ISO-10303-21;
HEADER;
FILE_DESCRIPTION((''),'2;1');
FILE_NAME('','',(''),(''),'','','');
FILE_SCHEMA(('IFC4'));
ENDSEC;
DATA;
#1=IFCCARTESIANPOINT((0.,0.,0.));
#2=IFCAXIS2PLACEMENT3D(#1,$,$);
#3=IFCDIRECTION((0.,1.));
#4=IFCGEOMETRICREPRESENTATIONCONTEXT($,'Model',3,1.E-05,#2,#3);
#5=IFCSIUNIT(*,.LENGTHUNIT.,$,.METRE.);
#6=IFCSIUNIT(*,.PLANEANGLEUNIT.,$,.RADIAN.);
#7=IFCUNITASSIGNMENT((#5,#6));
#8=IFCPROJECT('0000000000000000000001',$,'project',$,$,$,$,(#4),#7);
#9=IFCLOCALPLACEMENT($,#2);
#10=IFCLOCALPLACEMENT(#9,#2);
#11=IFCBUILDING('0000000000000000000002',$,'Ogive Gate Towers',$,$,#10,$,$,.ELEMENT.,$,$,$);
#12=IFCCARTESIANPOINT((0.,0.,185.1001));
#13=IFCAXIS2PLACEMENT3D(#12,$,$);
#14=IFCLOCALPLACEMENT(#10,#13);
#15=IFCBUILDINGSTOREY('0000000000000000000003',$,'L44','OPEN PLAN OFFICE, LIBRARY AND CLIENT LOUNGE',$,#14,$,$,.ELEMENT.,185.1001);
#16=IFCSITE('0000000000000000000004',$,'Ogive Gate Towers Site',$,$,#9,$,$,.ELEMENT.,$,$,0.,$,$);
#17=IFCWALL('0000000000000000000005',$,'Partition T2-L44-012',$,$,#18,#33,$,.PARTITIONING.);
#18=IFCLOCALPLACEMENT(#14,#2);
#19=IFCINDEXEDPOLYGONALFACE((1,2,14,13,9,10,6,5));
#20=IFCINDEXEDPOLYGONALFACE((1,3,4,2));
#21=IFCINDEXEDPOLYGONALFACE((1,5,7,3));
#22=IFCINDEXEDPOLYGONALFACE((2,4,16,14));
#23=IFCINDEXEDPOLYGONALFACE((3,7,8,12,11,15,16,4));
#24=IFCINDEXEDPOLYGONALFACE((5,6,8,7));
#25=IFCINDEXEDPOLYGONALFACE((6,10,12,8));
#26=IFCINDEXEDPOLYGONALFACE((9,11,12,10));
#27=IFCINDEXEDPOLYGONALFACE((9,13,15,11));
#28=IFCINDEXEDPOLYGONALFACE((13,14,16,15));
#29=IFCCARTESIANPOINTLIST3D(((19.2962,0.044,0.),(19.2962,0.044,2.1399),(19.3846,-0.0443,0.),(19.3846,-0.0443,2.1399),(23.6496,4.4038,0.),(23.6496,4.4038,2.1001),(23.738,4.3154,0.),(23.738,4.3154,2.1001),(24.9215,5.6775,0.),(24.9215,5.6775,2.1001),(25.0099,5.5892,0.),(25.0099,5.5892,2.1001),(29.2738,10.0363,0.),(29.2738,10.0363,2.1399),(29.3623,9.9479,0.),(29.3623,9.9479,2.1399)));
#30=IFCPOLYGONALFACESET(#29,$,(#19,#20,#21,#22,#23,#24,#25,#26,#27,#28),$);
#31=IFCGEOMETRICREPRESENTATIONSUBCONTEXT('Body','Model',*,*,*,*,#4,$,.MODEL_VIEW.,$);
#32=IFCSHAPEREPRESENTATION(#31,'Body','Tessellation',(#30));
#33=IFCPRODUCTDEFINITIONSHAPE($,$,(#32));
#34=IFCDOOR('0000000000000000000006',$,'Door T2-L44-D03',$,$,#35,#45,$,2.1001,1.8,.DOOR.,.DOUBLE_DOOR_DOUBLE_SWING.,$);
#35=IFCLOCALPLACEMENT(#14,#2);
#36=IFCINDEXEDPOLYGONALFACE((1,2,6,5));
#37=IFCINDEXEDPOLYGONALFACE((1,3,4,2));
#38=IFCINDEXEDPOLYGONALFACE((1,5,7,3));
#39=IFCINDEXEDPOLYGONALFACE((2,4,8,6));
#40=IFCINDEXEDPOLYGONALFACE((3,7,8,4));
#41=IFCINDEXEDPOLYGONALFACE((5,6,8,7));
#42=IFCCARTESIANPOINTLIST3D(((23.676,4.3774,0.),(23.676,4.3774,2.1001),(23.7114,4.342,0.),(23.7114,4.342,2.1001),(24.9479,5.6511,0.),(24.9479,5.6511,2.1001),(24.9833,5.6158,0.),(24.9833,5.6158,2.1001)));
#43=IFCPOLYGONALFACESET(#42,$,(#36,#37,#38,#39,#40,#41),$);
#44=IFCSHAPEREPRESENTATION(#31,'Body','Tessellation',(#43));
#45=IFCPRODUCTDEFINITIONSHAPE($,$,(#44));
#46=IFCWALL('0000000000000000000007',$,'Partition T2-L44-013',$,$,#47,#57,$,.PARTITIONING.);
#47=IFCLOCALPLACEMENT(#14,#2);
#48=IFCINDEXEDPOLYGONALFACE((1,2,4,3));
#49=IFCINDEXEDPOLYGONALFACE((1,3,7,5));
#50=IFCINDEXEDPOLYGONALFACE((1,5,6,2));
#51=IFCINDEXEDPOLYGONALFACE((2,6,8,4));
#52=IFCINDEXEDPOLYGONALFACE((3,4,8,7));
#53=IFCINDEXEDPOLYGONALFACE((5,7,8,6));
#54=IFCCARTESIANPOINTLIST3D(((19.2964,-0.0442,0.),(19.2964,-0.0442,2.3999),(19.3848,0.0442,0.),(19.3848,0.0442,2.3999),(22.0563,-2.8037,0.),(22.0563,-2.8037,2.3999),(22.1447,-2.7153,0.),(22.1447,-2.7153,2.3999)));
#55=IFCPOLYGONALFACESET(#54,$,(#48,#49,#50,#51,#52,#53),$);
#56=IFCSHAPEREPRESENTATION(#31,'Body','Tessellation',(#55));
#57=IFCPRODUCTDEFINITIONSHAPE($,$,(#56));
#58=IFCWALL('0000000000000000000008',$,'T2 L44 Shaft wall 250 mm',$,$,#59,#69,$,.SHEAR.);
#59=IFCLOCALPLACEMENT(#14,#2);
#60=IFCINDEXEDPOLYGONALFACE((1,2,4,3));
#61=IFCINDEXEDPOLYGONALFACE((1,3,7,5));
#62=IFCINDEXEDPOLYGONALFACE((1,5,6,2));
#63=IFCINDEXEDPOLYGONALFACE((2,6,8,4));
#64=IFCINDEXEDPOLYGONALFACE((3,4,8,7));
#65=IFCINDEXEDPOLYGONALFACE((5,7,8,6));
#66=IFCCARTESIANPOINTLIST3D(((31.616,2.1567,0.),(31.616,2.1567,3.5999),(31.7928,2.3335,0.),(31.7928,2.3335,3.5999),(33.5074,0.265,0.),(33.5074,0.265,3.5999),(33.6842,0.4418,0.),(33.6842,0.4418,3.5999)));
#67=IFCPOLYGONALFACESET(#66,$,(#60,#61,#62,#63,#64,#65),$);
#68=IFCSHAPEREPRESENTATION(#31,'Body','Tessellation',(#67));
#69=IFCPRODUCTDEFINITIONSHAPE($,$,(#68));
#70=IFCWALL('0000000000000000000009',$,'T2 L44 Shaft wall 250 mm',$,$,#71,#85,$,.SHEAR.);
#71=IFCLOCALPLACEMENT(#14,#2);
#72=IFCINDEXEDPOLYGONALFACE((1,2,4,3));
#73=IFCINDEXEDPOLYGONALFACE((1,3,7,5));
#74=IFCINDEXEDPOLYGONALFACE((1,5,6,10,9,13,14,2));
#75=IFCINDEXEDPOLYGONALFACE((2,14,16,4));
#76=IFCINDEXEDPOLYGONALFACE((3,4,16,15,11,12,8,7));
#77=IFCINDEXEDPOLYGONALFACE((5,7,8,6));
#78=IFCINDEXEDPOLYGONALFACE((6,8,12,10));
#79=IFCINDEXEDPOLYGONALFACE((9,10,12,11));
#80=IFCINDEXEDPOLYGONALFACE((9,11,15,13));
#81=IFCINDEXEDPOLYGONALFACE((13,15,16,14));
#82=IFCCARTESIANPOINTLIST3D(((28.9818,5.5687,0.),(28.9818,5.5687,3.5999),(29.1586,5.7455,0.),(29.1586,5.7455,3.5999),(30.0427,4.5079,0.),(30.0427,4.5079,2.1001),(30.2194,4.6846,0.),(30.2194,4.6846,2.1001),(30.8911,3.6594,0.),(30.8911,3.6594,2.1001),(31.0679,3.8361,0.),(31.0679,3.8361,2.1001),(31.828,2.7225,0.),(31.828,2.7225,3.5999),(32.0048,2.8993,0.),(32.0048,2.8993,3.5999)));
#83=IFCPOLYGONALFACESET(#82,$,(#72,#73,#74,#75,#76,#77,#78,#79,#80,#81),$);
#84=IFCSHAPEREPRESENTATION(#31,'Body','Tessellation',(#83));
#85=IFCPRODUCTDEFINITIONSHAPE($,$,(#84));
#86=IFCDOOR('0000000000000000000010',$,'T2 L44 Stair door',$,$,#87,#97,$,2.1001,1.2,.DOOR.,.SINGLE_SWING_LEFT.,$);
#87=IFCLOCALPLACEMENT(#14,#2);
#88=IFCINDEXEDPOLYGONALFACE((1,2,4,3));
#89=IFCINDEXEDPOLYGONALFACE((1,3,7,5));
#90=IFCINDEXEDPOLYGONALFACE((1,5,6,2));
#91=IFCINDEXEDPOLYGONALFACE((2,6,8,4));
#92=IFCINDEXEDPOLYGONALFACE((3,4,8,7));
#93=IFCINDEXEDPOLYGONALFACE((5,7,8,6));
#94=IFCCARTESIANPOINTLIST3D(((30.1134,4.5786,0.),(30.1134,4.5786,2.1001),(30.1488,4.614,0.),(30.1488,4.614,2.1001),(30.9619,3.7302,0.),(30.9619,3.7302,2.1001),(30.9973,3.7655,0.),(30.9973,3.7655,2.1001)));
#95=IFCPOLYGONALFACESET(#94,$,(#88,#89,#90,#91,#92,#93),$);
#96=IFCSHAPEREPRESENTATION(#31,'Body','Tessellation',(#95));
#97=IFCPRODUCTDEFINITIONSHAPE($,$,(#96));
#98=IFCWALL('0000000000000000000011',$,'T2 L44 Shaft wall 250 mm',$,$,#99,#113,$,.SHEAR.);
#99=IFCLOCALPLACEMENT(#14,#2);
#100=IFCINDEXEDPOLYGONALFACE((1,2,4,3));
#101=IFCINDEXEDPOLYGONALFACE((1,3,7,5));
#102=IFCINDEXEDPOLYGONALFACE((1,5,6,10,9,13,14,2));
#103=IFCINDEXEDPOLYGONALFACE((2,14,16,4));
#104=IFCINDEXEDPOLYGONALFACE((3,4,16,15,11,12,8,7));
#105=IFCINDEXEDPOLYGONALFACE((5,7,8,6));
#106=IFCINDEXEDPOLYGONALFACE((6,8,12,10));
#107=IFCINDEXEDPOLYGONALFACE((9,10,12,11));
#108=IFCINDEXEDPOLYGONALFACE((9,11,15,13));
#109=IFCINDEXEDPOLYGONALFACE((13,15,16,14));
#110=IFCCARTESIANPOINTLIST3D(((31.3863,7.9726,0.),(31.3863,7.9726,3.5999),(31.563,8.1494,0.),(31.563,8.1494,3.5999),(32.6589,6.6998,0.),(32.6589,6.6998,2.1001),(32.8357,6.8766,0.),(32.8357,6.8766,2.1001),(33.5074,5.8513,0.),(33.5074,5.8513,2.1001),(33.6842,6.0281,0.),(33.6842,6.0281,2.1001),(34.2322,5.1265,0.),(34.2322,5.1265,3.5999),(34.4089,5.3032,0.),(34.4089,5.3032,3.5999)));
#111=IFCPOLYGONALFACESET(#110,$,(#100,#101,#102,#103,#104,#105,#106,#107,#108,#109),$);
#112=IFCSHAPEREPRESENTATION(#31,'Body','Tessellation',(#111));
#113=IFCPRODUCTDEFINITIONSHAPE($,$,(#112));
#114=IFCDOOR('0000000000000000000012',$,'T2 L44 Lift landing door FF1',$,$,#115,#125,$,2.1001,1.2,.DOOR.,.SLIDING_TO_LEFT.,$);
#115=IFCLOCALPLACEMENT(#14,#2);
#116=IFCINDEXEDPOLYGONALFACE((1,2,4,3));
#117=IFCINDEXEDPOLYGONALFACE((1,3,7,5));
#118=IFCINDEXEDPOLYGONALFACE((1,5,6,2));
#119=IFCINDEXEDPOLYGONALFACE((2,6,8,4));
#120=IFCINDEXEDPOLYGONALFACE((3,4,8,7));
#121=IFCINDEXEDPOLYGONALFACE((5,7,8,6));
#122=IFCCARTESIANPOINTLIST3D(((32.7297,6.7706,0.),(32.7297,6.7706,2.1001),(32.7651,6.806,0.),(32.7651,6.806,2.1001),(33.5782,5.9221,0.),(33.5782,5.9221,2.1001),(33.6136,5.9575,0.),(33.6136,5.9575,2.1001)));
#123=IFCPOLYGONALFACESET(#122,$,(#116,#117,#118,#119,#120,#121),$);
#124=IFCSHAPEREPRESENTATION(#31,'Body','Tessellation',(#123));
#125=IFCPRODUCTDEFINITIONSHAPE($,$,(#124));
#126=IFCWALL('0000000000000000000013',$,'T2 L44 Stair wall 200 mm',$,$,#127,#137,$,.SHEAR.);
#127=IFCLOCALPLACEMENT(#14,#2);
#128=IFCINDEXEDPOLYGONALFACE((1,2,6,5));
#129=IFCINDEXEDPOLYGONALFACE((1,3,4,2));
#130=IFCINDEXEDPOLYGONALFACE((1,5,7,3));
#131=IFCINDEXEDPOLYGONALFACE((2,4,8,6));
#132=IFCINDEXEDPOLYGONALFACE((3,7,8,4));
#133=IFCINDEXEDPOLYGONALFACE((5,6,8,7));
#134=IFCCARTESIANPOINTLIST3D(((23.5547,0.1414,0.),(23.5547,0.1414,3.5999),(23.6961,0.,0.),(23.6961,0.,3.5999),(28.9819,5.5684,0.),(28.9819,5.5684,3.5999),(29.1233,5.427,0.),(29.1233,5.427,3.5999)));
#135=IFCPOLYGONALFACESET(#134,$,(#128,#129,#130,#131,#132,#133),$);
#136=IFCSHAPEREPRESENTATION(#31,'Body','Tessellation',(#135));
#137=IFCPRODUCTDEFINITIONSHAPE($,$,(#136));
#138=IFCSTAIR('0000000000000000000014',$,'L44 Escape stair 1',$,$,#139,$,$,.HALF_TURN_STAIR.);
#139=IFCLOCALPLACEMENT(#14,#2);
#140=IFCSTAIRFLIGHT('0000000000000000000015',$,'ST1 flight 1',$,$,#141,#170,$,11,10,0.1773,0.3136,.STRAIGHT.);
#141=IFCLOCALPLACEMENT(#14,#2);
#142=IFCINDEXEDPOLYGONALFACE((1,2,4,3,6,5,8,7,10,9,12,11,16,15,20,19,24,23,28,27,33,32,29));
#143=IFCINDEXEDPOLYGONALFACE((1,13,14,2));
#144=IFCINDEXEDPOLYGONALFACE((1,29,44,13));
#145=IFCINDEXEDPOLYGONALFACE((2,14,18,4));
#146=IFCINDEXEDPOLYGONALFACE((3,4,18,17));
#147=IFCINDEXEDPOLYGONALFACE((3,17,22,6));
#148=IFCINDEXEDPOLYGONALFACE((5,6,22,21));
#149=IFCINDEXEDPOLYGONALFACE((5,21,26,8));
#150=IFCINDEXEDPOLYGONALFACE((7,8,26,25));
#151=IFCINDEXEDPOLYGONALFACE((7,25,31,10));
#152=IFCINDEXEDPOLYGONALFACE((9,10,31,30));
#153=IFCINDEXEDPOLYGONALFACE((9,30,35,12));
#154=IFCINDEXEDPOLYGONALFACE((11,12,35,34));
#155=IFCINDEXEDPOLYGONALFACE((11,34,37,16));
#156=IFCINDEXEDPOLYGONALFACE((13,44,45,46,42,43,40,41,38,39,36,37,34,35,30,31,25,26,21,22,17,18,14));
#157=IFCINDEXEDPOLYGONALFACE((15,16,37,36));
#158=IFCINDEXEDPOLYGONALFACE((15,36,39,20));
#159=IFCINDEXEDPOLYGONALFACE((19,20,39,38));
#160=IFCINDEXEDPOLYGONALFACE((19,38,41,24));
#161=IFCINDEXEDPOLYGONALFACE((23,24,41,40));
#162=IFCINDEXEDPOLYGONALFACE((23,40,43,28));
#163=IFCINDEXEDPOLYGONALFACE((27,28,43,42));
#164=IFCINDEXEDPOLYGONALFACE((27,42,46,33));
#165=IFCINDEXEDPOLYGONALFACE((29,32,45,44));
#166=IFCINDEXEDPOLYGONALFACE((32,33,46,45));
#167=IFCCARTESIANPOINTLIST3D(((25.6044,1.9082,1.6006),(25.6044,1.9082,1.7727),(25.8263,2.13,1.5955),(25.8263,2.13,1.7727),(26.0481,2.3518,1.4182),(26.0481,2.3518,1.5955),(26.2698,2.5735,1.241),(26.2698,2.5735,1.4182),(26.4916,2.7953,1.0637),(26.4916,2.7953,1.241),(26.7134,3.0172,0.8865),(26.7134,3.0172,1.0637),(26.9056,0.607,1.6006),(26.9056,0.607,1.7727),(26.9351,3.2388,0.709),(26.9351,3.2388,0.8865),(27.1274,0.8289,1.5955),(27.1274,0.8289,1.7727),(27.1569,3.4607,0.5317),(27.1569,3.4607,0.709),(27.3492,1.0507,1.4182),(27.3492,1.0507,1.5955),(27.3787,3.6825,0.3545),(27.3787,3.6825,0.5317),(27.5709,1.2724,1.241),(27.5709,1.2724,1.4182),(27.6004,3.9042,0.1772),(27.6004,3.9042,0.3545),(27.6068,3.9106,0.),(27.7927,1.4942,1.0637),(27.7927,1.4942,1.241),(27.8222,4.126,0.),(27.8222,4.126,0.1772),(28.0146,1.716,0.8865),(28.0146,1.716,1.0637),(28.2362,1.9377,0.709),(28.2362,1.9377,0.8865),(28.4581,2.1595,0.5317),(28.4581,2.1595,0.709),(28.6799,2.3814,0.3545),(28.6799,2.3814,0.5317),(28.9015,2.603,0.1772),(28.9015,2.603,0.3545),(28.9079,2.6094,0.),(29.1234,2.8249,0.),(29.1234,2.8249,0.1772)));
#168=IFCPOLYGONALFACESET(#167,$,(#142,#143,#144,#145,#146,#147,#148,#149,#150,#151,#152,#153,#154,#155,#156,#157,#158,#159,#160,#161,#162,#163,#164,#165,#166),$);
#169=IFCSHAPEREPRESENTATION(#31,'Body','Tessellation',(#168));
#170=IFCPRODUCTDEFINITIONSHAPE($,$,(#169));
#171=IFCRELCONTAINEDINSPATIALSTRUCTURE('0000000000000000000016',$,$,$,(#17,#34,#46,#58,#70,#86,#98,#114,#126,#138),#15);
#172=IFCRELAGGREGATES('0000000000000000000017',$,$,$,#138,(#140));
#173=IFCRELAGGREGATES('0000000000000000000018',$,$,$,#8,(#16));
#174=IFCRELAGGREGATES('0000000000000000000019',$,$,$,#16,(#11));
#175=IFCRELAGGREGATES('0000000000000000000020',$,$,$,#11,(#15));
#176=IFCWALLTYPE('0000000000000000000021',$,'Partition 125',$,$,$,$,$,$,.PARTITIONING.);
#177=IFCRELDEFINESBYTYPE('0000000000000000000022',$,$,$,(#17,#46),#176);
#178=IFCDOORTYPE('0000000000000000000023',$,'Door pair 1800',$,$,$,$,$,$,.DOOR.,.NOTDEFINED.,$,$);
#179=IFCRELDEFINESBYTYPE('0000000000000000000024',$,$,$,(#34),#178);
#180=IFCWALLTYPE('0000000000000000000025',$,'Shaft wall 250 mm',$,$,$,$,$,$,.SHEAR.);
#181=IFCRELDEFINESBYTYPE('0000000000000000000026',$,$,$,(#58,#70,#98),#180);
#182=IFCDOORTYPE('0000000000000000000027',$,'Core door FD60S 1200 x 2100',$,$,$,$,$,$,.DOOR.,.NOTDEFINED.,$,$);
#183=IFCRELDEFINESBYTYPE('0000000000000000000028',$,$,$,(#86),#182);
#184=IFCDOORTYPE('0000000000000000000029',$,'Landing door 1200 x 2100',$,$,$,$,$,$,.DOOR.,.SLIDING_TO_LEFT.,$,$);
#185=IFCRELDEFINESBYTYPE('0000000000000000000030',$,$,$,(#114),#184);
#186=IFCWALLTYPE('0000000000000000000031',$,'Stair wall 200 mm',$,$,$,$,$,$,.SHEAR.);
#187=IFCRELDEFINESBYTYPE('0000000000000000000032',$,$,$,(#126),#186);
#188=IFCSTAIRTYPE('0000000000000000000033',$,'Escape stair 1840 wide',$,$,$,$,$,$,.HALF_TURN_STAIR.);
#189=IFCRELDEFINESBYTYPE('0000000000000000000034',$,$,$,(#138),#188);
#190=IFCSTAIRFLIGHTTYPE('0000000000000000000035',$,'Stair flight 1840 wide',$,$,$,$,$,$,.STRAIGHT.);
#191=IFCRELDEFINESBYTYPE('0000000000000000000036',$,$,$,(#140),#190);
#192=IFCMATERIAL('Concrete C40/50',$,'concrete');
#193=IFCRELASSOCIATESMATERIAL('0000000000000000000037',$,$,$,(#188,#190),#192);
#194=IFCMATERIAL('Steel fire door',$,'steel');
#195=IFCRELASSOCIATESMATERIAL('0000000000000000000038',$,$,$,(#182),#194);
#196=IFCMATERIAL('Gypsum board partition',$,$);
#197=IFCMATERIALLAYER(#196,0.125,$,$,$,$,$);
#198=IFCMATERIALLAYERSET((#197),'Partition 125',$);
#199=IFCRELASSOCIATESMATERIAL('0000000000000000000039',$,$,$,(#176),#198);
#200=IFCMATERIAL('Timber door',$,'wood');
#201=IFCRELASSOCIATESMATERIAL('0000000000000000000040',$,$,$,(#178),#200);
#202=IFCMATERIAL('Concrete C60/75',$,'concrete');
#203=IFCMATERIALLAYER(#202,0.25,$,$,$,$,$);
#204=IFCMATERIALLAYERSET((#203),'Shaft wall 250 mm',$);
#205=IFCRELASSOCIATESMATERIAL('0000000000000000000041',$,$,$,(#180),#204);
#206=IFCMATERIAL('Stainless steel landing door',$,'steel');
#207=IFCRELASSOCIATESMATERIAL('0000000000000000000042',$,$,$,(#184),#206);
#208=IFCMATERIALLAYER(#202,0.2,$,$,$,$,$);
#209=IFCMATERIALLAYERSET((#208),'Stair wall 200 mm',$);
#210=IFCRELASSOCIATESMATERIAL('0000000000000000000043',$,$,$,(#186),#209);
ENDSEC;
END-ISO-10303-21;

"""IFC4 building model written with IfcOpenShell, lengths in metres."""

from ifc_helpers import new_model, si_unit, direction, frame, frame_2d, origin, place, context, subcontext, project, spatial, polyline, rectangle, outline, extrude, material, layer, layer_set, type_object, element, fill, aggregate, save


model = new_model("IFC4")

# Units and contexts
model_context = context("Model", 3, precision=1e-05, world=origin(), true_north=direction((0.0, 1.0)))
body_context = subcontext(model_context, "Body", "Model", "MODEL_VIEW")
ifc_project = project(units=[si_unit("LENGTHUNIT", "METRE"), si_unit("PLANEANGLEUNIT", "RADIAN")], contexts=[model_context])

# Site, building, storey
site_placement = place(None, origin())
site = spatial("IfcSite", under=ifc_project, at=site_placement, Name="Ogive Gate Towers Site", CompositionType="ELEMENT", RefElevation=0.0)
building_placement = place(site_placement, origin())
building = spatial("IfcBuilding", under=site, at=building_placement, Name="Ogive Gate Towers", CompositionType="ELEMENT")
storey_placement = place(building_placement, frame((0.0, 0.0, 185.1001)))
storey = spatial("IfcBuildingStorey", under=building, at=storey_placement, Name="L44", Description="OPEN PLAN OFFICE, LIBRARY AND CLIENT LOUNGE", CompositionType="ELEMENT", Elevation=185.1001)

# Shared definitions
ifc_material_1 = material(Name="Concrete C40/50", Category="concrete")

# Shared definitions
stair_type = type_object("IfcStairType", Name="Escape stair 1840 wide", PredefinedType="HALF_TURN_STAIR", material=ifc_material_1)

# Shared definitions
ifc_material_2 = material(Name="Concrete C60/75", Category="concrete")
ifc_material_3 = material(Name="Timber door", Category="wood")
ifc_material_4 = material(Name="Steel fire door", Category="steel")
door_type_1 = type_object("IfcDoorType", Name="Core door FD60S 1200 x 2100", OperationType="NOTDEFINED", PredefinedType="DOOR", material=ifc_material_4)

# Shared definitions
ifc_material_5 = material(Name="Gypsum board partition")
ifc_layer_1 = layer(ifc_material_5, 0.125)
ifc_layer_set_1 = layer_set([ifc_layer_1], Name="Partition 125")
wall_type_1 = type_object("IfcWallType", Name="Partition 125", PredefinedType="PARTITIONING", material=ifc_layer_set_1)

# Wall, opening, door
wall_1_placement = place(storey_placement, frame((29.3181, 9.9922, 0.0), z_axis=(0.0, 0.0, 1.0), x_axis=(-0.706588, -0.707625, 0.0)))
wall_1 = element("IfcWall", 1, at=wall_1_placement, inside=storey, type_object=wall_type_1, Name="Partition T2-L44-012", PredefinedType="PARTITIONING", context=body_context, shape_type="SweptSolid", body=[
    extrude(rectangle(XDim=14.1208, YDim=0.125, at=frame_2d((7.0605, 0.0))), origin(), (0.0, 0.0, 1.0), 2.1399),
])
opening_1_placement = place(wall_1_placement, frame((6.1599, 0.0, 0.0)))
opening_1 = element("IfcOpeningElement", 2, at=opening_1_placement, cuts=wall_1, PredefinedType="OPENING", context=body_context, shape_type="SweptSolid", body=[
    extrude(rectangle(XDim=1.8, YDim=2.1001, at=frame_2d((0.8999, 1.05))), frame((0.0, 0.0725, 0.0), z_axis=(0.0, -1.0, 0.0), x_axis=(1.0, 0.0, 0.0)), (0.0, 0.0, 1.0), 0.145),
])
door_type_2 = type_object("IfcDoorType", Name="Door pair 1800", OperationType="NOTDEFINED", PredefinedType="DOOR", material=ifc_material_3)
door_1_placement = place(opening_1_placement, origin())
door_1 = element("IfcDoor", 3, at=door_1_placement, inside=storey, type_object=door_type_2, Name="Door T2-L44-D03", OperationType="DOUBLE_DOOR_DOUBLE_SWING", OverallHeight=2.1001, OverallWidth=1.8, PredefinedType="DOOR", context=body_context, shape_type="SweptSolid", body=[
    extrude(rectangle(XDim=1.8, YDim=2.1001, at=frame_2d((0.8999, 1.05))), frame((0.0, 0.0249, 0.0), z_axis=(0.0, -1.0, 0.0), x_axis=(1.0, 0.0, 0.0)), (0.0, 0.0, 1.0), 0.05),
])
fill(opening_1, door_1)

# Walls
wall_2_placement = place(storey_placement, frame((19.3406, 0.0, 0.0), z_axis=(0.0, 0.0, 1.0), x_axis=(0.707169, -0.707044, 0.0)))
element("IfcWall", 4, at=wall_2_placement, inside=storey, type_object=wall_type_1, Name="Partition T2-L44-013", PredefinedType="PARTITIONING", context=body_context, shape_type="SweptSolid", body=[
    extrude(rectangle(XDim=3.9028, YDim=0.125, at=frame_2d((1.9514, 0.0))), origin(), (0.0, 0.0, 1.0), 2.3999),
])
ifc_layer_2 = layer(ifc_material_2, 0.25)
ifc_layer_set_2 = layer_set([ifc_layer_2], Name="Shaft wall 250 mm")
wall_type_2 = type_object("IfcWallType", Name="Shaft wall 250 mm", PredefinedType="SHEAR", material=ifc_layer_set_2)
wall_3_placement = place(storey_placement, frame((33.5957, 0.3535, 0.0), z_axis=(0.0, 0.0, 1.0), x_axis=(-0.707061, 0.707152, 0.0)))
element("IfcWall", 5, at=wall_3_placement, inside=storey, type_object=wall_type_2, Name="T2 L44 Shaft wall 250 mm", PredefinedType="SHEAR", context=body_context, shape_type="SweptSolid", body=[
    extrude(rectangle(XDim=2.675, YDim=0.25, at=frame_2d((1.3374, 0.0))), origin(), (0.0, 0.0, 1.0), 3.5999),
])

# Walls, openings, doors
wall_4_placement = place(storey_placement, frame((31.9165, 2.8108, 0.0), z_axis=(0.0, 0.0, 1.0), x_axis=(-0.707107, 0.707107, 0.0)))
wall_4 = element("IfcWall", 6, at=wall_4_placement, inside=storey, type_object=wall_type_2, Name="T2 L44 Shaft wall 250 mm", PredefinedType="SHEAR", context=body_context, shape_type="SweptSolid", body=[
    extrude(rectangle(XDim=4.0251, YDim=0.25, at=frame_2d((2.0127, 0.0))), origin(), (0.0, 0.0, 1.0), 3.5999),
])
opening_2_placement = place(wall_4_placement, frame((1.325, 0.0, 0.0)))
opening_2 = element("IfcOpeningElement", 7, at=opening_2_placement, cuts=wall_4, PredefinedType="OPENING", context=body_context, shape_type="SweptSolid", body=[
    extrude(rectangle(XDim=1.2, YDim=2.1001, at=frame_2d((0.6001, 1.05))), frame((0.0, 0.135, 0.0), z_axis=(0.0, -1.0, 0.0), x_axis=(1.0, 0.0, 0.0)), (0.0, 0.0, 1.0), 0.27),
])
door_2_placement = place(opening_2_placement, origin())
door_2 = element("IfcDoor", 8, at=door_2_placement, inside=storey, type_object=door_type_1, Name="T2 L44 Stair door", OperationType="SINGLE_SWING_LEFT", OverallHeight=2.1001, OverallWidth=1.2, PredefinedType="DOOR", context=body_context, shape_type="SweptSolid", body=[
    extrude(rectangle(XDim=1.2, YDim=2.1001, at=frame_2d((0.6001, 1.05))), frame((0.0, 0.0249, 0.0), z_axis=(0.0, -1.0, 0.0), x_axis=(1.0, 0.0, 0.0)), (0.0, 0.0, 1.0), 0.05),
])
fill(opening_2, door_2)
wall_5_placement = place(storey_placement, frame((34.3206, 5.2148, 0.0), z_axis=(0.0, 0.0, 1.0), x_axis=(-0.707076, 0.707137, 0.0)))
wall_5 = element("IfcWall", 9, at=wall_5_placement, inside=storey, type_object=wall_type_2, Name="T2 L44 Shaft wall 250 mm", PredefinedType="SHEAR", context=body_context, shape_type="SweptSolid", body=[
    extrude(rectangle(XDim=4.0249, YDim=0.25, at=frame_2d((2.0125, 0.0))), origin(), (0.0, 0.0, 1.0), 3.5999),
])
opening_3_placement = place(wall_5_placement, frame((1.0249, 0.0, 0.0)))
opening_3 = element("IfcOpeningElement", 10, at=opening_3_placement, cuts=wall_5, PredefinedType="OPENING", context=body_context, shape_type="SweptSolid", body=[
    extrude(rectangle(XDim=1.2, YDim=2.1001, at=frame_2d((0.6001, 1.05))), frame((0.0, 0.135, 0.0), z_axis=(0.0, -1.0, 0.0), x_axis=(1.0, 0.0, 0.0)), (0.0, 0.0, 1.0), 0.27),
])
ifc_material_6 = material(Name="Stainless steel landing door", Category="steel")
door_type_3 = type_object("IfcDoorType", Name="Landing door 1200 x 2100", OperationType="SLIDING_TO_LEFT", PredefinedType="DOOR", material=ifc_material_6)
door_3_placement = place(opening_3_placement, origin())
door_3 = element("IfcDoor", 11, at=door_3_placement, inside=storey, type_object=door_type_3, Name="T2 L44 Lift landing door FF1", OperationType="SLIDING_TO_LEFT", OverallHeight=2.1001, OverallWidth=1.2, PredefinedType="DOOR", context=body_context, shape_type="SweptSolid", body=[
    extrude(rectangle(XDim=1.2, YDim=2.1001, at=frame_2d((0.6001, 1.05))), frame((0.0, 0.0249, 0.0), z_axis=(0.0, -1.0, 0.0), x_axis=(1.0, 0.0, 0.0)), (0.0, 0.0, 1.0), 0.05),
])
fill(opening_3, door_3)

# Wall
ifc_layer_3 = layer(ifc_material_2, 0.2)
ifc_layer_set_3 = layer_set([ifc_layer_3], Name="Stair wall 200 mm")
wall_type_3 = type_object("IfcWallType", Name="Stair wall 200 mm", PredefinedType="SHEAR", material=ifc_layer_set_3)
wall_6_placement = place(storey_placement, frame((23.6255, 0.0708, 0.0), z_axis=(0.0, 0.0, 1.0), x_axis=(0.707123, 0.707091, 0.0)))
element("IfcWall", 12, at=wall_6_placement, inside=storey, type_object=wall_type_3, Name="T2 L44 Stair wall 200 mm", PredefinedType="SHEAR", context=body_context, shape_type="SweptSolid", body=[
    extrude(rectangle(XDim=7.675, YDim=0.2, at=frame_2d((3.8374, 0.0))), origin(), (0.0, 0.0, 1.0), 3.5999),
])

# Stair, stair flight
stair_1_placement = place(storey_placement, origin())
stair_1 = element("IfcStair", 13, at=stair_1_placement, inside=storey, type_object=stair_type, Name="L44 Escape stair 1", PredefinedType="HALF_TURN_STAIR")
stair_flight_type = type_object("IfcStairFlightType", Name="Stair flight 1840 wide", PredefinedType="STRAIGHT", material=ifc_material_1)
stair_flight_placement = place(storey_placement, frame((28.4729, 3.4753, 0.0), z_axis=(0.0, 0.0, 1.0), x_axis=(-0.707107, -0.707107, 0.0)))
stair_flight = element("IfcStairFlight", 14, at=stair_flight_placement, type_object=stair_flight_type, Name="ST1 flight 1", NumberOfRisers=11, NumberOfTreads=10, PredefinedType="STRAIGHT", RiserHeight=0.1773, TreadLength=0.3136, context=body_context, shape_type="SweptSolid", body=[
    extrude(outline(polyline([(0.0, 0.0), (0.0, 0.1772), (0.3137, 0.1772), (0.3137, 0.3545), (0.6272, 0.3545), (0.6272, 0.5317), (0.9409, 0.5317), (0.9409, 0.709), (1.2546, 0.709), (1.2546, 0.8865), (1.5681, 0.8865), (1.5681, 1.0637), (1.8818, 1.0637), (1.8818, 1.241), (2.1956, 1.241), (2.1956, 1.4182), (2.509, 1.4182), (2.509, 1.5955), (2.8228, 1.5955), (2.8228, 1.7727), (3.1365, 1.7727), (3.1365, 1.95), (3.1365, 1.6006), (0.3047, 0.0), (0.0, 0.0)])), frame((0.0, 0.9199, 0.0), z_axis=(0.0, -1.0, 0.0), x_axis=(1.0, 0.0, 0.0)), (0.0, 0.0, 1.0), 1.8401),
])
aggregate(stair_1, [stair_flight])

save(model, "model.ifc")
